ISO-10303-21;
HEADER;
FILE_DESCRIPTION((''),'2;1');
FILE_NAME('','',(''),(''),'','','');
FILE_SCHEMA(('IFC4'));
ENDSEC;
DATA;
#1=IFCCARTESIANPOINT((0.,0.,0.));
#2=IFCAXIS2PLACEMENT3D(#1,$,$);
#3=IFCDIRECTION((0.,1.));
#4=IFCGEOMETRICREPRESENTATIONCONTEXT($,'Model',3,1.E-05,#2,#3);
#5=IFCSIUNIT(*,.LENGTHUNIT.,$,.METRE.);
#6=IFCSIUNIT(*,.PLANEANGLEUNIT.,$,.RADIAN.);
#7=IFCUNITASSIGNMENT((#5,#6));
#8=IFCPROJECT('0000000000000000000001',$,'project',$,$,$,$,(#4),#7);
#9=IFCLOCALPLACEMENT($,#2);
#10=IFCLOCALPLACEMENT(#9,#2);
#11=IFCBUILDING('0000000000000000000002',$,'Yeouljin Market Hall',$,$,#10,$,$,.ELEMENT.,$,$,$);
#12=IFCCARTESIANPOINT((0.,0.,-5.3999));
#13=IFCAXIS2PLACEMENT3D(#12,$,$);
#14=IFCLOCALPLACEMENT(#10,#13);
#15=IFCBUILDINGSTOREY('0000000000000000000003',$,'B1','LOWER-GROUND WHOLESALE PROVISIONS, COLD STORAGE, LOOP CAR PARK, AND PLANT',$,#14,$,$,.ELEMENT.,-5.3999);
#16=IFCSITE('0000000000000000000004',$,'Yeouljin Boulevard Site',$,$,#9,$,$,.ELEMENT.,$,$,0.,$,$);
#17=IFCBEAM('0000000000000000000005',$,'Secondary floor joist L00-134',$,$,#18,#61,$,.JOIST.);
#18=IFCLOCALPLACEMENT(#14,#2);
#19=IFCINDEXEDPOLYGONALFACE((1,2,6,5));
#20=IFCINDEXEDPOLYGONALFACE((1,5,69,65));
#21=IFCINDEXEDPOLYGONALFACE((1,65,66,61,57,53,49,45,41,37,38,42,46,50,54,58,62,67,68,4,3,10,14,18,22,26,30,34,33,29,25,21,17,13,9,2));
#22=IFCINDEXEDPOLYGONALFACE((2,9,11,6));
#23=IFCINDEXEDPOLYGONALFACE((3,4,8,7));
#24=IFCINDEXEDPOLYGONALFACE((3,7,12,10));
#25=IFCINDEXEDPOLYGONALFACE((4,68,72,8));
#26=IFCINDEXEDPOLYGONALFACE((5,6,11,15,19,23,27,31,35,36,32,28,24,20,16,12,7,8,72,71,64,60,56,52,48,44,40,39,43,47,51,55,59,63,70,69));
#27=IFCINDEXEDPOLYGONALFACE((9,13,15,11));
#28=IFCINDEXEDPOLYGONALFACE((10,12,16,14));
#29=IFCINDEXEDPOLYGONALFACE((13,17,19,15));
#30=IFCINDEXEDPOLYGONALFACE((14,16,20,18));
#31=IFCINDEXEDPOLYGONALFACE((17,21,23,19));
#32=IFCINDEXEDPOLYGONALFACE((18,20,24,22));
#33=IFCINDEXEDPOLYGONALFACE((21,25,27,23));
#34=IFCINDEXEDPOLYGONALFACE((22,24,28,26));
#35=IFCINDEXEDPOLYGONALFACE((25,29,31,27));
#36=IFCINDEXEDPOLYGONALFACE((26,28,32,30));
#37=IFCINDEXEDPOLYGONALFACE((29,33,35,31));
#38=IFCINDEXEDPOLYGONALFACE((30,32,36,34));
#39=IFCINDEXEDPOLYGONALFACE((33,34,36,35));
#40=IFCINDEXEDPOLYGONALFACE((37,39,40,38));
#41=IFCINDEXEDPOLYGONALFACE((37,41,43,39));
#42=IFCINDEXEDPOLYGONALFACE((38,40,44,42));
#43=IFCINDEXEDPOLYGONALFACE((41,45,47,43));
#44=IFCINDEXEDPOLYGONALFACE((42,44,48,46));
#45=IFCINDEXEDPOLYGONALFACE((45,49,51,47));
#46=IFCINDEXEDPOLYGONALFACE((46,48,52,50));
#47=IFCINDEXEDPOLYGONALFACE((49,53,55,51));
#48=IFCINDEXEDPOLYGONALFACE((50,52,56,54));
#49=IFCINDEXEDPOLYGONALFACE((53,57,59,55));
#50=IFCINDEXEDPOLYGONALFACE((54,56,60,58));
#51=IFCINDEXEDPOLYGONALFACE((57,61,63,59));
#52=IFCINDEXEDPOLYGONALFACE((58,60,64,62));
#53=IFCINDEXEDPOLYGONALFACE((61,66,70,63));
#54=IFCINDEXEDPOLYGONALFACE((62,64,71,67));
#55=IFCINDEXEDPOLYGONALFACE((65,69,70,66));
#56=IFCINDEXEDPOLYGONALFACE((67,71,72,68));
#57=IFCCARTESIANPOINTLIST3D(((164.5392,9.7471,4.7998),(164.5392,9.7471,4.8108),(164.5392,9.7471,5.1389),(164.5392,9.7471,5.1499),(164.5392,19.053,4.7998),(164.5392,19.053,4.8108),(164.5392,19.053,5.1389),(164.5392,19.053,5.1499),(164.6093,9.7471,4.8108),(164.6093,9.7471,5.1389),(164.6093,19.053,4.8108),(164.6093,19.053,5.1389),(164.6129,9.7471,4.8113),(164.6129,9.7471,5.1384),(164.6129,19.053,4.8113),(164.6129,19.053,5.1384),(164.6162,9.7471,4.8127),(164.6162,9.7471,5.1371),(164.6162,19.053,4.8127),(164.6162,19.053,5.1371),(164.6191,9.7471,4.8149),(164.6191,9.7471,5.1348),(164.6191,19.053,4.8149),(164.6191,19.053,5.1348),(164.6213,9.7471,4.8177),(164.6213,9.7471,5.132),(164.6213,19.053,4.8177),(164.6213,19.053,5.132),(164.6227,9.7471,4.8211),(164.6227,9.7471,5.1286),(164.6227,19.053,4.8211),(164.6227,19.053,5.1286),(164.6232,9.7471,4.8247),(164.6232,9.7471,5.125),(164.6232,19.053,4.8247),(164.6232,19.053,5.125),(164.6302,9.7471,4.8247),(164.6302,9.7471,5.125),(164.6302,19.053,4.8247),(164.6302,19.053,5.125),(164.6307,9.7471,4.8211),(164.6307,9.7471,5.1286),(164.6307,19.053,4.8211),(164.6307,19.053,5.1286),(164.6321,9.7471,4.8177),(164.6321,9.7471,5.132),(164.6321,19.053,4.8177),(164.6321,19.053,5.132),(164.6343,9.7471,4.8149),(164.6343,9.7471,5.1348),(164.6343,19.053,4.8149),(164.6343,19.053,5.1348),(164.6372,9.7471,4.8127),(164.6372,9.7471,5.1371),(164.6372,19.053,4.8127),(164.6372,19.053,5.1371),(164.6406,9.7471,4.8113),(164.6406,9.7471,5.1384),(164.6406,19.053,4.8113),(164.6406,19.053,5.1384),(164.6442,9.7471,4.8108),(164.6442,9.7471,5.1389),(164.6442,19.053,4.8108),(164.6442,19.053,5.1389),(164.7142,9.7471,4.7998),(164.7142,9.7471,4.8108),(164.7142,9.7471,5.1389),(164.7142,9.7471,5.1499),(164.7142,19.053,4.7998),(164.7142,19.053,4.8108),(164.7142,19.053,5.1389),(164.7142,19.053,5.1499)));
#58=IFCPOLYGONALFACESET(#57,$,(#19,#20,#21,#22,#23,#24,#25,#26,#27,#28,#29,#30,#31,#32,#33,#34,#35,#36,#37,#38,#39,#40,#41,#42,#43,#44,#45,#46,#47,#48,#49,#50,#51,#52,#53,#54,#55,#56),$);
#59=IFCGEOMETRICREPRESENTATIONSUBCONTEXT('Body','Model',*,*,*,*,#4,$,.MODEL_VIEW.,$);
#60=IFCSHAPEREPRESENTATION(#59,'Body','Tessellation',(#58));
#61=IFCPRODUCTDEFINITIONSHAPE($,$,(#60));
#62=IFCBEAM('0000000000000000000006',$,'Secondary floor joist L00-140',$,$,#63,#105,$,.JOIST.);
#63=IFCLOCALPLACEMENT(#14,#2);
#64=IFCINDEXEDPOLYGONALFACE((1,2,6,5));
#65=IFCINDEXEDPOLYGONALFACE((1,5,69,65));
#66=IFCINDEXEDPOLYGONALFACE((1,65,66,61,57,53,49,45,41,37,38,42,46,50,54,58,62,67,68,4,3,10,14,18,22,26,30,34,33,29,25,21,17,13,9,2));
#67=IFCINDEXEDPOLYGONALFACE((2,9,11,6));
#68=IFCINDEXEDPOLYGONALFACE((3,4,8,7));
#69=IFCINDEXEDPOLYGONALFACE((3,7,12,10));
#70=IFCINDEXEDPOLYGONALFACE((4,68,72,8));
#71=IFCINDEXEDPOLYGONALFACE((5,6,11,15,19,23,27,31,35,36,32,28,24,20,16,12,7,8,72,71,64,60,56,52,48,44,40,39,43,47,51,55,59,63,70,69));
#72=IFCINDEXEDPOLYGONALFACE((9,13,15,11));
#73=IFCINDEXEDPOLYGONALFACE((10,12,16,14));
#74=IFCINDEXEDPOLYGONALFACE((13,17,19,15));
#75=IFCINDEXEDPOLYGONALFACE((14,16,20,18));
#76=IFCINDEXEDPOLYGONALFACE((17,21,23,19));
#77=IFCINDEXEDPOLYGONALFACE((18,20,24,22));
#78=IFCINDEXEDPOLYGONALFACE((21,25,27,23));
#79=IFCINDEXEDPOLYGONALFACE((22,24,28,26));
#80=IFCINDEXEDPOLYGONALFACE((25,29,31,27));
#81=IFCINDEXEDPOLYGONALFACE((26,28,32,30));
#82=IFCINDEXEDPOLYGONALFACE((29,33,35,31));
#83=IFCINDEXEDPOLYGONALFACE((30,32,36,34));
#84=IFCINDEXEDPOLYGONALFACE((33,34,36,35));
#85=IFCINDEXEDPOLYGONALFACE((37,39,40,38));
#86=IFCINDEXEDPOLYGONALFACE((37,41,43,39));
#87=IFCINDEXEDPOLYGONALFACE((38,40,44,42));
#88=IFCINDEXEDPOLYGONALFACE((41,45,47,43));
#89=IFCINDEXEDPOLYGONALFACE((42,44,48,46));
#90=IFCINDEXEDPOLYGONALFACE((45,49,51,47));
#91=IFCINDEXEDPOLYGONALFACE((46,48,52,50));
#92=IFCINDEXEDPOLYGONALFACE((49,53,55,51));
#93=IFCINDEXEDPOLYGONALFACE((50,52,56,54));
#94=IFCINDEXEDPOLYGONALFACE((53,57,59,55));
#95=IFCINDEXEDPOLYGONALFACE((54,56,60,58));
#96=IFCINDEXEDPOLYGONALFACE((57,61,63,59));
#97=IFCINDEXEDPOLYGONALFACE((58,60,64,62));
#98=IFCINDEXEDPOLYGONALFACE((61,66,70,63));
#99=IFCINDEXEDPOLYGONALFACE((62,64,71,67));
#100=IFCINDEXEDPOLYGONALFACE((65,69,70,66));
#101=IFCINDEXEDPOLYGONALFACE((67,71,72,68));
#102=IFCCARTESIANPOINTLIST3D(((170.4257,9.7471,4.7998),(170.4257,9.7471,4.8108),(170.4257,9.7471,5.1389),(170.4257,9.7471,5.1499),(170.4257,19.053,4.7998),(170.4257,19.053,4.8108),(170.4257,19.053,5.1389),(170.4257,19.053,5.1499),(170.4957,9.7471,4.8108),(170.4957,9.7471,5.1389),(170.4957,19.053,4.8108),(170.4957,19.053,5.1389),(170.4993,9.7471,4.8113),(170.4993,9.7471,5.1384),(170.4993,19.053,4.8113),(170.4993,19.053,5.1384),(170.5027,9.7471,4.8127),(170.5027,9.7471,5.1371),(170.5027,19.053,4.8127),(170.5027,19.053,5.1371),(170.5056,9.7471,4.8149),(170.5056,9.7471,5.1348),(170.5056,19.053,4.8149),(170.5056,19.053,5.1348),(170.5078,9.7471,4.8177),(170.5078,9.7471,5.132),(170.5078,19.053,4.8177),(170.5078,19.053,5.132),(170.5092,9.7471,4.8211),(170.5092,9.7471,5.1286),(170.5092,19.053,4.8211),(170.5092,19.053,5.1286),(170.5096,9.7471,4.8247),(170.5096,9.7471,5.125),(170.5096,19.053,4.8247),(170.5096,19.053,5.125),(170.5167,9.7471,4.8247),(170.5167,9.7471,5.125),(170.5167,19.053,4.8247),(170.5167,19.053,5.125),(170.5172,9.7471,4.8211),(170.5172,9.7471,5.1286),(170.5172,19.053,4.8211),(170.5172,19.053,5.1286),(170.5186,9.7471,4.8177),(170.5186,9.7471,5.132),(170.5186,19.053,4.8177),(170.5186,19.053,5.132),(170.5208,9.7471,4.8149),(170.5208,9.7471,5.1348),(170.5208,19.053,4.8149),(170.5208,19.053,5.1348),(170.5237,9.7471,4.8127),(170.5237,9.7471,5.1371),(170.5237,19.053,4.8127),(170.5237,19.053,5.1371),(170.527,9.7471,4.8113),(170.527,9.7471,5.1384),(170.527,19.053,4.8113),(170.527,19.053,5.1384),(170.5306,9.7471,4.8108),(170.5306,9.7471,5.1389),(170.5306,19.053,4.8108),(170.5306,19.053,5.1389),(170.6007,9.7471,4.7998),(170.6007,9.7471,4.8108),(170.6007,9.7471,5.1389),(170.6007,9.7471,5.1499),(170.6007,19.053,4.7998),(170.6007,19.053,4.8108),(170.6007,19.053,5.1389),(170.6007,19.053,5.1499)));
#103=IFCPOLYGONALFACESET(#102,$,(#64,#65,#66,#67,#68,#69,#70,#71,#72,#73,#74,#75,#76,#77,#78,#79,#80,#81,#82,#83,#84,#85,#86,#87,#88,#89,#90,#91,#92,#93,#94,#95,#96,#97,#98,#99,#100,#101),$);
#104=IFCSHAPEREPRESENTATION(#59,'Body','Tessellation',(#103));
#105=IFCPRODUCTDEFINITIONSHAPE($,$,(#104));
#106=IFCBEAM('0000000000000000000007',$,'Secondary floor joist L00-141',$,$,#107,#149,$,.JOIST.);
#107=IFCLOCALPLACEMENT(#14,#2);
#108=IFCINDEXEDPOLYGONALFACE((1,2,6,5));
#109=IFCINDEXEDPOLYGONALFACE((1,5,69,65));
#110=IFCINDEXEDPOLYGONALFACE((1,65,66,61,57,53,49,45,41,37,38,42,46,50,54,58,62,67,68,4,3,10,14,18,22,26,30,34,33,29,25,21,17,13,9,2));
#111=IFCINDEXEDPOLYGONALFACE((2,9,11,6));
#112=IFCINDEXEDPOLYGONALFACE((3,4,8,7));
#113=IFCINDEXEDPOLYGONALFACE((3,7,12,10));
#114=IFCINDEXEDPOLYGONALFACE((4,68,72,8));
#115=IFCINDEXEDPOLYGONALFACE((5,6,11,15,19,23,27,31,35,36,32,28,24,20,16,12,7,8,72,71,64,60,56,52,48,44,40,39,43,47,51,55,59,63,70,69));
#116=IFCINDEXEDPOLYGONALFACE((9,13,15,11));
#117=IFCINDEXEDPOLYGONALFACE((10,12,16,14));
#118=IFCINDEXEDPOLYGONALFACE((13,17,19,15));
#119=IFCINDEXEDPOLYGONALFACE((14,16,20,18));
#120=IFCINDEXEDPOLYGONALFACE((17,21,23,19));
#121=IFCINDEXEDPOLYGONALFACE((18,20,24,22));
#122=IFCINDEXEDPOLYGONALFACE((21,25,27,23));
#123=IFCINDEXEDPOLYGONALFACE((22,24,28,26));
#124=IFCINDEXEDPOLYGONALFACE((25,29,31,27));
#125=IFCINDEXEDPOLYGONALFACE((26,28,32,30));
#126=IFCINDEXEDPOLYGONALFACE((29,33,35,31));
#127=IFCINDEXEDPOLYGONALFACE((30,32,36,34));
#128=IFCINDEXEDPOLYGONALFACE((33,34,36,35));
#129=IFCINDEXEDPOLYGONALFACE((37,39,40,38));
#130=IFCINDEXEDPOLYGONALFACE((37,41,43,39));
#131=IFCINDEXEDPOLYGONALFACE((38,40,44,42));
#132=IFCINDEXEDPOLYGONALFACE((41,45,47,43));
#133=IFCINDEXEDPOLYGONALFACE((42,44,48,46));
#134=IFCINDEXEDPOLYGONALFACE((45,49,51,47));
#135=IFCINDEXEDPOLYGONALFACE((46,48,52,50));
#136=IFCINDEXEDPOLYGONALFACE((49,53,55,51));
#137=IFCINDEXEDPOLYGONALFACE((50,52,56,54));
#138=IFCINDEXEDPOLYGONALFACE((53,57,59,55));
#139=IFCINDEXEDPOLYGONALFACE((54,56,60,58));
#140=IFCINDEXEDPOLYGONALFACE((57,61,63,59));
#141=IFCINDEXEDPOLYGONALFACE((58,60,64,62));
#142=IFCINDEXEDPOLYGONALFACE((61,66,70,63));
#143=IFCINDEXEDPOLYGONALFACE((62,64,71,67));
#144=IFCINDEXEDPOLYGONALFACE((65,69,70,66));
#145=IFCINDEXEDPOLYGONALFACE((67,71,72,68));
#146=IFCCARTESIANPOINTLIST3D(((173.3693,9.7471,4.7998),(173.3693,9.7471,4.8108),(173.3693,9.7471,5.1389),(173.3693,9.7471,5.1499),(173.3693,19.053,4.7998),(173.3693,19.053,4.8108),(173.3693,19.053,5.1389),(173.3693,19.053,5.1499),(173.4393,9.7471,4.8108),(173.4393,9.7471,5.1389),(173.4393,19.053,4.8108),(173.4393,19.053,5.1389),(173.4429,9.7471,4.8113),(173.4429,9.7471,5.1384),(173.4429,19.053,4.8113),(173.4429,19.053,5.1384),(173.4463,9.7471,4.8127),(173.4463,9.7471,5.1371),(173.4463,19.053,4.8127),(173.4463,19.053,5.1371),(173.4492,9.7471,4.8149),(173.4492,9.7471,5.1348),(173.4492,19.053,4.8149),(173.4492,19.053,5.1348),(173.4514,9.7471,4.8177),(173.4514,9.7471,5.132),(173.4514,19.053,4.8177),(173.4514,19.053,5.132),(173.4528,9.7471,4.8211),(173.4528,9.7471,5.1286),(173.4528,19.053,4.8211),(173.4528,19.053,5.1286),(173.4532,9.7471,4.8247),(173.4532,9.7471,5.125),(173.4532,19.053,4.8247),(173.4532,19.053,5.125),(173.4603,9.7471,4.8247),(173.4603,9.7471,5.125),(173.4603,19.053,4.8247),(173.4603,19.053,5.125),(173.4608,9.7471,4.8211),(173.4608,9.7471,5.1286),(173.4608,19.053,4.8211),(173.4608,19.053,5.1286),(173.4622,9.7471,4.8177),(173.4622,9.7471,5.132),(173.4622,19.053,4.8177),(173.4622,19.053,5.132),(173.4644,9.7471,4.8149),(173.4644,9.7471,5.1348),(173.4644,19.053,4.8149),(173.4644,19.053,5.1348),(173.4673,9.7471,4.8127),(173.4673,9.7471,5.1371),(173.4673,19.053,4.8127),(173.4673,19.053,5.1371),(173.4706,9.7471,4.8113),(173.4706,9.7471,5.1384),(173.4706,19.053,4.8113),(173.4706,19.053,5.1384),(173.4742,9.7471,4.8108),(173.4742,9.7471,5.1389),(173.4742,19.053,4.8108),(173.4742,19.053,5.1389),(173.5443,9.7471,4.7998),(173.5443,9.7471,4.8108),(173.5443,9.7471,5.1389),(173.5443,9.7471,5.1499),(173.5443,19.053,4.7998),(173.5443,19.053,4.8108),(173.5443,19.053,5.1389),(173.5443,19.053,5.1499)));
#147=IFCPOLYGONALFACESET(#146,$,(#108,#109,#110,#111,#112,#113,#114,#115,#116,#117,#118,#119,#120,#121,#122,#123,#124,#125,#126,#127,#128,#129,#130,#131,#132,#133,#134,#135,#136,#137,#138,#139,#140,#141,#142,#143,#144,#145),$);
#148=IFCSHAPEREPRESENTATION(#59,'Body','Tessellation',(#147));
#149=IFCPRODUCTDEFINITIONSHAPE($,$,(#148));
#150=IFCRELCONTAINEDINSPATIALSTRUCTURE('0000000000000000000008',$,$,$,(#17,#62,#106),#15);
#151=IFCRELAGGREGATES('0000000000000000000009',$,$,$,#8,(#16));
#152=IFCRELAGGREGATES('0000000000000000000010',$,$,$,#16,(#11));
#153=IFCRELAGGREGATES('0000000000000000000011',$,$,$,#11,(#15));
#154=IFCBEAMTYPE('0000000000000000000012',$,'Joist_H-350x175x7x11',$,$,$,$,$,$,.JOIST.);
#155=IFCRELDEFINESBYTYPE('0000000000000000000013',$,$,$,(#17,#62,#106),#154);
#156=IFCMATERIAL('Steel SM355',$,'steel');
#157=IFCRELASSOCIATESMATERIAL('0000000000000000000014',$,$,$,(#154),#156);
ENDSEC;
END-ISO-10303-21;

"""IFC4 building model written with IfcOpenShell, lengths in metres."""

from ifc_helpers import new_model, si_unit, direction, frame, origin, origin_2d, place, context, subcontext, project, spatial, i_section, extrude, material, material_profile, profile_set, type_object, element, save


model = new_model("IFC4")

# Units and contexts
model_context = context("Model", 3, precision=1e-05, world=origin(), true_north=direction((0.0, 1.0)))
body_context = subcontext(model_context, "Body", "Model", "MODEL_VIEW")
ifc_project = project(units=[si_unit("LENGTHUNIT", "METRE"), si_unit("PLANEANGLEUNIT", "RADIAN")], contexts=[model_context])

# Site, building, storey
site_placement = place(None, origin())
site = spatial("IfcSite", under=ifc_project, at=site_placement, Name="Yeouljin Boulevard Site", CompositionType="ELEMENT", RefElevation=0.0)
building_placement = place(site_placement, origin())
building = spatial("IfcBuilding", under=site, at=building_placement, Name="Yeouljin Market Hall", CompositionType="ELEMENT")
storey_placement = place(building_placement, frame((0.0, 0.0, -5.3999)))
storey = spatial("IfcBuildingStorey", under=building, at=storey_placement, Name="B1", Description="LOWER-GROUND WHOLESALE PROVISIONS, COLD STORAGE, LOOP CAR PARK, AND PLANT", CompositionType="ELEMENT", Elevation=-5.3999)

# Beams
ifc_material_1 = material(Name="Steel SM355", Category="steel")
ifc_material_profile_1 = material_profile(ifc_material_1, i_section(OverallWidth=0.175, OverallDepth=0.3501, WebThickness=0.0071, FlangeThickness=0.011, FilletRadius=0.0139, at=origin_2d()), Name="H-350x175x7x11")
ifc_profile_set_1 = profile_set([ifc_material_profile_1], Name="Steel SM355")
beam_type_1 = type_object("IfcBeamType", Name="Joist_H-350x175x7x11", PredefinedType="JOIST", material=ifc_profile_set_1)
for number, where, z_axis, x_axis, name in (
    (1, (164.6267, 9.7471, 4.9749), (0.0, 1.0, 0.0), (-1.0, 0.0, 0.0), "Secondary floor joist L00-134"),
    (2, (170.5132, 9.7471, 4.9749), (0.0, 1.0, 0.0), (-1.0, 0.0, 0.0), "Secondary floor joist L00-140"),
    (3, (173.4568, 9.7471, 4.9749), (0.0, 1.0, 0.0), (-1.0, 0.0, 0.0), "Secondary floor joist L00-141"),
):
    element("IfcBeam", number, at=place(storey_placement, frame(where, z_axis=z_axis, x_axis=x_axis)), inside=storey, type_object=beam_type_1, Name=name, PredefinedType="JOIST", context=body_context, shape_type="SweptSolid", body=[
        extrude(i_section(OverallWidth=0.175, OverallDepth=0.3501, WebThickness=0.0071, FlangeThickness=0.011, FilletRadius=0.0139, at=origin_2d()), origin(), (0.0, 0.0, 1.0), 9.3059),
    ])

save(model, "model.ifc")
